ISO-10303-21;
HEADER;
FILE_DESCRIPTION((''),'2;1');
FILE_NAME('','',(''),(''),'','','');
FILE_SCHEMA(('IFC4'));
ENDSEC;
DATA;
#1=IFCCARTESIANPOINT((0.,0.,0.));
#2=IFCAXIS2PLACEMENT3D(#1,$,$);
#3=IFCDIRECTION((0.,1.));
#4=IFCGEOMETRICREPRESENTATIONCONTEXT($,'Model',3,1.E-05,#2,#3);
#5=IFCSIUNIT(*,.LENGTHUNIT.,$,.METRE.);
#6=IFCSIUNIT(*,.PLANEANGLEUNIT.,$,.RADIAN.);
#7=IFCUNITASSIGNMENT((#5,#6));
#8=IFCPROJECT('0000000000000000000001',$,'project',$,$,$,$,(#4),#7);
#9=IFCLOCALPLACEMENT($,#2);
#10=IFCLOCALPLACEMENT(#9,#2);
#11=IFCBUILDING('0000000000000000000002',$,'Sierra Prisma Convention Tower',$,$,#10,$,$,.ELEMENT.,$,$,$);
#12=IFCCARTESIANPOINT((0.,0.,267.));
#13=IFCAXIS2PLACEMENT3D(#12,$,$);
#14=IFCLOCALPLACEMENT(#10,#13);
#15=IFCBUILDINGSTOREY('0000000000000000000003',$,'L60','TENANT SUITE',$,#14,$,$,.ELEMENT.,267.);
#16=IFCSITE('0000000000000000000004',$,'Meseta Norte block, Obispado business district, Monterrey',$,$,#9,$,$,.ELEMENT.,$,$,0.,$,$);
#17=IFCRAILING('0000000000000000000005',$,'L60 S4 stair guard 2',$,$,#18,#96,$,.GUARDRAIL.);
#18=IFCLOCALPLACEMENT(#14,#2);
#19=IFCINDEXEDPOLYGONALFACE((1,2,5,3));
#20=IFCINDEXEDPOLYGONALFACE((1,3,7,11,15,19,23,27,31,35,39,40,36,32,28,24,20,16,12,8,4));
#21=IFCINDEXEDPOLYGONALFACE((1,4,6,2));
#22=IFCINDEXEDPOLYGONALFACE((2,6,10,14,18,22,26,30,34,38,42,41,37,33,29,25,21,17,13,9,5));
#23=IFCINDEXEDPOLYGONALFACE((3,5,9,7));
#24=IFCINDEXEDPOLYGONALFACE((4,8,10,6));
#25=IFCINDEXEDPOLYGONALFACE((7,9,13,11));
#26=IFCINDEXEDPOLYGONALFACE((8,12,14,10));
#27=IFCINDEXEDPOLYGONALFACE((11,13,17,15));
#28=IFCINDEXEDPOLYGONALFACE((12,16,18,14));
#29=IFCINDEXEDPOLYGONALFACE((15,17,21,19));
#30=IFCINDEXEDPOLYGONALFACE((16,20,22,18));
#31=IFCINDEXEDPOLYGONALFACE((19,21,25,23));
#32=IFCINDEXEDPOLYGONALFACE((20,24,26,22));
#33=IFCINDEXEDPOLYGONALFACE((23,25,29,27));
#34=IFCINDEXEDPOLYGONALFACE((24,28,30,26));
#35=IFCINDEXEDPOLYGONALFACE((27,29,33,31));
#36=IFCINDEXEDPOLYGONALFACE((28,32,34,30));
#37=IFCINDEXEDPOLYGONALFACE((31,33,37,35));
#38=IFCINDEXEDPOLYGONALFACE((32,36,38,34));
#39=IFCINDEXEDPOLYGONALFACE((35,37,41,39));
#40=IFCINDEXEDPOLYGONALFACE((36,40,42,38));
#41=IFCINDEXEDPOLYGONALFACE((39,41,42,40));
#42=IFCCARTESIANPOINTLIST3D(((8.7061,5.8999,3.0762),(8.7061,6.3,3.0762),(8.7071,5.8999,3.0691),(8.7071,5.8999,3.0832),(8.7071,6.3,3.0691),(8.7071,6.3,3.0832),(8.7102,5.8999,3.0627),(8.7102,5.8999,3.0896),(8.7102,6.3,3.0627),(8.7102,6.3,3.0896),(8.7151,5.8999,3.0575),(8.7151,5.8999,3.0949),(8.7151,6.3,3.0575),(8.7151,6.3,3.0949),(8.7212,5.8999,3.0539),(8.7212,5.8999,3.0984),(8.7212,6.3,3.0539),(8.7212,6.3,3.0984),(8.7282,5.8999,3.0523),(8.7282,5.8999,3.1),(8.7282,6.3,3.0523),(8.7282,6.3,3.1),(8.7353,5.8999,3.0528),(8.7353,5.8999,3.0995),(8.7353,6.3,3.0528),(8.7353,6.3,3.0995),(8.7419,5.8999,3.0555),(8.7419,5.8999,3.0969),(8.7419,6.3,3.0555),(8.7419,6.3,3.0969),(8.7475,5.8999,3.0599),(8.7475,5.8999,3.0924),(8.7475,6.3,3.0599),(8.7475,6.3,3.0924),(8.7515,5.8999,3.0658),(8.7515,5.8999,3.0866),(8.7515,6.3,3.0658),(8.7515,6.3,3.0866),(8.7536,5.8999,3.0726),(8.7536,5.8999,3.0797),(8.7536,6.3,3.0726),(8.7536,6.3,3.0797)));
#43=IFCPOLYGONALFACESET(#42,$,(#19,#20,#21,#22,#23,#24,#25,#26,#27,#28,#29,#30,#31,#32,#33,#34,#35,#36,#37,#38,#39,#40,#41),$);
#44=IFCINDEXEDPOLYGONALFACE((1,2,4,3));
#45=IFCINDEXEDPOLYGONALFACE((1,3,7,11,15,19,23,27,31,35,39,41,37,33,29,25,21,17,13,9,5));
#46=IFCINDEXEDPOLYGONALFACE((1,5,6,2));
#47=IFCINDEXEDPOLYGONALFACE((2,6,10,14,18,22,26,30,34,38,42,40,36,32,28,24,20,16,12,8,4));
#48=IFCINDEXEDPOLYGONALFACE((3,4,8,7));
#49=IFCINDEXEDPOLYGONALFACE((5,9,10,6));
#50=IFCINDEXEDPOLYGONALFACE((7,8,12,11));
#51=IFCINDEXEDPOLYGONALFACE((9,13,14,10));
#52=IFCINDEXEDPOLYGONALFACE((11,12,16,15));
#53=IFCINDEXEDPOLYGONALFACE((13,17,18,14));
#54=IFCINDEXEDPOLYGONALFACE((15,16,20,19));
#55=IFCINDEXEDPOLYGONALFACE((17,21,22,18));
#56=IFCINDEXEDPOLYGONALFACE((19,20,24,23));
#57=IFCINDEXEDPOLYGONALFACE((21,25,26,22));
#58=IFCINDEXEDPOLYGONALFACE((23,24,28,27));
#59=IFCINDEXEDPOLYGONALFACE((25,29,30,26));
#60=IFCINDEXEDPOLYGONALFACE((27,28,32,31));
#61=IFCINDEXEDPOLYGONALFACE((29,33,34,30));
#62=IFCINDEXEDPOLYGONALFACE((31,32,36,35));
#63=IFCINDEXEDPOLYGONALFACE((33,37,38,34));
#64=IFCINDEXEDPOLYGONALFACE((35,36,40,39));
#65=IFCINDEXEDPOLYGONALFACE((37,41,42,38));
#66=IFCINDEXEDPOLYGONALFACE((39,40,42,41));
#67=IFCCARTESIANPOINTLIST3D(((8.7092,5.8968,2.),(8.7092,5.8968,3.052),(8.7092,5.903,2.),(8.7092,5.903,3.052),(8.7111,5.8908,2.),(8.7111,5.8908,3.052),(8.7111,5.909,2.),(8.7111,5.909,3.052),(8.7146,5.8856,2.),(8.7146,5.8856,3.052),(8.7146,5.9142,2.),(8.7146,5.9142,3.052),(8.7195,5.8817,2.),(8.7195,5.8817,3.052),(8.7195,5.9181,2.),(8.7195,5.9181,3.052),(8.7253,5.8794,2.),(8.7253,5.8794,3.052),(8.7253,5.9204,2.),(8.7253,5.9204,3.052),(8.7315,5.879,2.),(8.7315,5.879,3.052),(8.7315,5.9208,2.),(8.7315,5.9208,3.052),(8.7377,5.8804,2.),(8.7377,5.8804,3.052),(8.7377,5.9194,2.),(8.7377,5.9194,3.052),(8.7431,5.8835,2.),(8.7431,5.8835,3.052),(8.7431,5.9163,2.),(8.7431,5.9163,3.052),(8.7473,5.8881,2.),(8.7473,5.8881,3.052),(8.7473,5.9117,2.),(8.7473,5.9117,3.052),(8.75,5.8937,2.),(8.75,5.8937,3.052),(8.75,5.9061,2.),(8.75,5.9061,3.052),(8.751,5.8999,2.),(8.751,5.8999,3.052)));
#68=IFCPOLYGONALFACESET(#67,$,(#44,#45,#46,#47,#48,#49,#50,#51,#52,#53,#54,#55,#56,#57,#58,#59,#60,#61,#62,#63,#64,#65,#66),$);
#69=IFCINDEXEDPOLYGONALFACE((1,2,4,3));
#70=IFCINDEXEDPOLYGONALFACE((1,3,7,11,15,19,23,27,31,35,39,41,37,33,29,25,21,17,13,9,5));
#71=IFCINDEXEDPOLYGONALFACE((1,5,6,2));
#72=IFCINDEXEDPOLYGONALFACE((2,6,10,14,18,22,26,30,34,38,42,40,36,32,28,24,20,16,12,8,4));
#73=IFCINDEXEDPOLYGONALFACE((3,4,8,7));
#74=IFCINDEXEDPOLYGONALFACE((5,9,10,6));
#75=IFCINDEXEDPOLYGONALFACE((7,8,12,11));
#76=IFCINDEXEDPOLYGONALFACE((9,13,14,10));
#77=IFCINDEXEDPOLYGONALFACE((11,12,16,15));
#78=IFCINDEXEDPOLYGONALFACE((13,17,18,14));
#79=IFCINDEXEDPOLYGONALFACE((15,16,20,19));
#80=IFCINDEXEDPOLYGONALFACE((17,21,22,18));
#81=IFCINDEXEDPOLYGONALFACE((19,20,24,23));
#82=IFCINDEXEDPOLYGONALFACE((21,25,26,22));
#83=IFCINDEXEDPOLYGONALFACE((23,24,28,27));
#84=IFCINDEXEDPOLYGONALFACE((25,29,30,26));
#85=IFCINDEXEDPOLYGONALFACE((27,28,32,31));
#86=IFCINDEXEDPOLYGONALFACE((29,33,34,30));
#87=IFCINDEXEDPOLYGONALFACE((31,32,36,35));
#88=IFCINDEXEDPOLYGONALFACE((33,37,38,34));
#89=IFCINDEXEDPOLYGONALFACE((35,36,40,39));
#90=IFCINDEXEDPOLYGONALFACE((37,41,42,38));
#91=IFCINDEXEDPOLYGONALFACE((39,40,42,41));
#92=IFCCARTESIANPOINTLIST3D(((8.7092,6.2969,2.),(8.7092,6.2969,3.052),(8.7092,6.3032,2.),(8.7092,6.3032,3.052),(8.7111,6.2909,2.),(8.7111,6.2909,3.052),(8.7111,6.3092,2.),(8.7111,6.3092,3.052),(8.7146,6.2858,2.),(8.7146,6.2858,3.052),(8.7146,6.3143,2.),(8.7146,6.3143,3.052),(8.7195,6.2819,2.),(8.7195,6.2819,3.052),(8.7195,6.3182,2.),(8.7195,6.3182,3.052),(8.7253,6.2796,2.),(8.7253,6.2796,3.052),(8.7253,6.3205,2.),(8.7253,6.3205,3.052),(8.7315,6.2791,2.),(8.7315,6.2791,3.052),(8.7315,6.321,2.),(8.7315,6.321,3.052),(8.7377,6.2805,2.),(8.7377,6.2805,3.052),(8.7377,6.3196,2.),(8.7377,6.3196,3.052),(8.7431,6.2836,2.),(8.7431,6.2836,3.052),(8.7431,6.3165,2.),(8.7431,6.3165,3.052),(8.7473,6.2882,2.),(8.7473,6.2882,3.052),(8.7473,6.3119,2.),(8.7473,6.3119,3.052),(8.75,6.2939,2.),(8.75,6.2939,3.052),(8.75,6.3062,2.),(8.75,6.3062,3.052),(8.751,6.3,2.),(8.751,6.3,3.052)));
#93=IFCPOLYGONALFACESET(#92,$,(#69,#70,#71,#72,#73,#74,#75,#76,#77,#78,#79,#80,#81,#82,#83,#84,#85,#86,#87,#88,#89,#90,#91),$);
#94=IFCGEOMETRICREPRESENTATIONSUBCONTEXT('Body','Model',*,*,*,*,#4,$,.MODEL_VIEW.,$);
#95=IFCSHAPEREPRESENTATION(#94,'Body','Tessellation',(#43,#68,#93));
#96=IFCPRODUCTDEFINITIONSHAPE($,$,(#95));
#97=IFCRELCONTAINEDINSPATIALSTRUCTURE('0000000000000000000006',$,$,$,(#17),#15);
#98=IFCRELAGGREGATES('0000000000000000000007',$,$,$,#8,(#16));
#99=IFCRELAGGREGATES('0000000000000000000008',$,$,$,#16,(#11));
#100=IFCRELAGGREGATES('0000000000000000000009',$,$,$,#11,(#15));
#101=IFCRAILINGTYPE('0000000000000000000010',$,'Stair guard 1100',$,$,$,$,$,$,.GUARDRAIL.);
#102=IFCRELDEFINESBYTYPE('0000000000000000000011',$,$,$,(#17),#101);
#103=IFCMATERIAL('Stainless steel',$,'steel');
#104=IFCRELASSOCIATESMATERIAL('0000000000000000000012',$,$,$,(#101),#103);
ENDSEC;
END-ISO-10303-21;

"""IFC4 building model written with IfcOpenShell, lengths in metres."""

from ifc_helpers import new_model, si_unit, direction, frame, origin, origin_2d, place, context, subcontext, project, spatial, circle, extrude, material, type_object, element, save


model = new_model("IFC4")

# Units and contexts
model_context = context("Model", 3, precision=1e-05, world=origin(), true_north=direction((0.0, 1.0)))
body_context = subcontext(model_context, "Body", "Model", "MODEL_VIEW")
ifc_project = project(units=[si_unit("LENGTHUNIT", "METRE"), si_unit("PLANEANGLEUNIT", "RADIAN")], contexts=[model_context])

# Site, building, storey
site_placement = place(None, origin())
site = spatial("IfcSite", under=ifc_project, at=site_placement, Name="Meseta Norte block, Obispado business district, Monterrey", CompositionType="ELEMENT", RefElevation=0.0)
building_placement = place(site_placement, origin())
building = spatial("IfcBuilding", under=site, at=building_placement, Name="Sierra Prisma Convention Tower", CompositionType="ELEMENT")
storey_placement = place(building_placement, frame((0.0, 0.0, 267.0)))
storey = spatial("IfcBuildingStorey", under=building, at=storey_placement, Name="L60", Description="TENANT SUITE", CompositionType="ELEMENT", Elevation=267.0)

# Railing
ifc_material_1 = material(Name="Stainless steel", Category="steel")
railing_type_1 = type_object("IfcRailingType", Name="Stair guard 1100", PredefinedType="GUARDRAIL", material=ifc_material_1)
railing_1_placement = place(storey_placement, frame((8.73, 5.8999, 2.0)))
element("IfcRailing", 1, at=railing_1_placement, inside=storey, type_object=railing_type_1, Name="L60 S4 stair guard 2", PredefinedType="GUARDRAIL", context=body_context, shape_type="SweptSolid", body=[
    extrude(circle(Radius=0.0239, at=origin_2d()), frame((0.0, 0.0, 1.0762), z_axis=(0.0, 1.0, 0.0), x_axis=(-1.0, 0.0, 0.0)), (0.0, 0.0, 1.0), 0.4001),
    extrude(circle(Radius=0.021, at=origin_2d()), origin(), (0.0, 0.0, 1.0), 1.052),
    extrude(circle(Radius=0.021, at=origin_2d()), frame((0.0, 0.4001, 0.0)), (0.0, 0.0, 1.0), 1.052),
])

save(model, "model.ifc")
